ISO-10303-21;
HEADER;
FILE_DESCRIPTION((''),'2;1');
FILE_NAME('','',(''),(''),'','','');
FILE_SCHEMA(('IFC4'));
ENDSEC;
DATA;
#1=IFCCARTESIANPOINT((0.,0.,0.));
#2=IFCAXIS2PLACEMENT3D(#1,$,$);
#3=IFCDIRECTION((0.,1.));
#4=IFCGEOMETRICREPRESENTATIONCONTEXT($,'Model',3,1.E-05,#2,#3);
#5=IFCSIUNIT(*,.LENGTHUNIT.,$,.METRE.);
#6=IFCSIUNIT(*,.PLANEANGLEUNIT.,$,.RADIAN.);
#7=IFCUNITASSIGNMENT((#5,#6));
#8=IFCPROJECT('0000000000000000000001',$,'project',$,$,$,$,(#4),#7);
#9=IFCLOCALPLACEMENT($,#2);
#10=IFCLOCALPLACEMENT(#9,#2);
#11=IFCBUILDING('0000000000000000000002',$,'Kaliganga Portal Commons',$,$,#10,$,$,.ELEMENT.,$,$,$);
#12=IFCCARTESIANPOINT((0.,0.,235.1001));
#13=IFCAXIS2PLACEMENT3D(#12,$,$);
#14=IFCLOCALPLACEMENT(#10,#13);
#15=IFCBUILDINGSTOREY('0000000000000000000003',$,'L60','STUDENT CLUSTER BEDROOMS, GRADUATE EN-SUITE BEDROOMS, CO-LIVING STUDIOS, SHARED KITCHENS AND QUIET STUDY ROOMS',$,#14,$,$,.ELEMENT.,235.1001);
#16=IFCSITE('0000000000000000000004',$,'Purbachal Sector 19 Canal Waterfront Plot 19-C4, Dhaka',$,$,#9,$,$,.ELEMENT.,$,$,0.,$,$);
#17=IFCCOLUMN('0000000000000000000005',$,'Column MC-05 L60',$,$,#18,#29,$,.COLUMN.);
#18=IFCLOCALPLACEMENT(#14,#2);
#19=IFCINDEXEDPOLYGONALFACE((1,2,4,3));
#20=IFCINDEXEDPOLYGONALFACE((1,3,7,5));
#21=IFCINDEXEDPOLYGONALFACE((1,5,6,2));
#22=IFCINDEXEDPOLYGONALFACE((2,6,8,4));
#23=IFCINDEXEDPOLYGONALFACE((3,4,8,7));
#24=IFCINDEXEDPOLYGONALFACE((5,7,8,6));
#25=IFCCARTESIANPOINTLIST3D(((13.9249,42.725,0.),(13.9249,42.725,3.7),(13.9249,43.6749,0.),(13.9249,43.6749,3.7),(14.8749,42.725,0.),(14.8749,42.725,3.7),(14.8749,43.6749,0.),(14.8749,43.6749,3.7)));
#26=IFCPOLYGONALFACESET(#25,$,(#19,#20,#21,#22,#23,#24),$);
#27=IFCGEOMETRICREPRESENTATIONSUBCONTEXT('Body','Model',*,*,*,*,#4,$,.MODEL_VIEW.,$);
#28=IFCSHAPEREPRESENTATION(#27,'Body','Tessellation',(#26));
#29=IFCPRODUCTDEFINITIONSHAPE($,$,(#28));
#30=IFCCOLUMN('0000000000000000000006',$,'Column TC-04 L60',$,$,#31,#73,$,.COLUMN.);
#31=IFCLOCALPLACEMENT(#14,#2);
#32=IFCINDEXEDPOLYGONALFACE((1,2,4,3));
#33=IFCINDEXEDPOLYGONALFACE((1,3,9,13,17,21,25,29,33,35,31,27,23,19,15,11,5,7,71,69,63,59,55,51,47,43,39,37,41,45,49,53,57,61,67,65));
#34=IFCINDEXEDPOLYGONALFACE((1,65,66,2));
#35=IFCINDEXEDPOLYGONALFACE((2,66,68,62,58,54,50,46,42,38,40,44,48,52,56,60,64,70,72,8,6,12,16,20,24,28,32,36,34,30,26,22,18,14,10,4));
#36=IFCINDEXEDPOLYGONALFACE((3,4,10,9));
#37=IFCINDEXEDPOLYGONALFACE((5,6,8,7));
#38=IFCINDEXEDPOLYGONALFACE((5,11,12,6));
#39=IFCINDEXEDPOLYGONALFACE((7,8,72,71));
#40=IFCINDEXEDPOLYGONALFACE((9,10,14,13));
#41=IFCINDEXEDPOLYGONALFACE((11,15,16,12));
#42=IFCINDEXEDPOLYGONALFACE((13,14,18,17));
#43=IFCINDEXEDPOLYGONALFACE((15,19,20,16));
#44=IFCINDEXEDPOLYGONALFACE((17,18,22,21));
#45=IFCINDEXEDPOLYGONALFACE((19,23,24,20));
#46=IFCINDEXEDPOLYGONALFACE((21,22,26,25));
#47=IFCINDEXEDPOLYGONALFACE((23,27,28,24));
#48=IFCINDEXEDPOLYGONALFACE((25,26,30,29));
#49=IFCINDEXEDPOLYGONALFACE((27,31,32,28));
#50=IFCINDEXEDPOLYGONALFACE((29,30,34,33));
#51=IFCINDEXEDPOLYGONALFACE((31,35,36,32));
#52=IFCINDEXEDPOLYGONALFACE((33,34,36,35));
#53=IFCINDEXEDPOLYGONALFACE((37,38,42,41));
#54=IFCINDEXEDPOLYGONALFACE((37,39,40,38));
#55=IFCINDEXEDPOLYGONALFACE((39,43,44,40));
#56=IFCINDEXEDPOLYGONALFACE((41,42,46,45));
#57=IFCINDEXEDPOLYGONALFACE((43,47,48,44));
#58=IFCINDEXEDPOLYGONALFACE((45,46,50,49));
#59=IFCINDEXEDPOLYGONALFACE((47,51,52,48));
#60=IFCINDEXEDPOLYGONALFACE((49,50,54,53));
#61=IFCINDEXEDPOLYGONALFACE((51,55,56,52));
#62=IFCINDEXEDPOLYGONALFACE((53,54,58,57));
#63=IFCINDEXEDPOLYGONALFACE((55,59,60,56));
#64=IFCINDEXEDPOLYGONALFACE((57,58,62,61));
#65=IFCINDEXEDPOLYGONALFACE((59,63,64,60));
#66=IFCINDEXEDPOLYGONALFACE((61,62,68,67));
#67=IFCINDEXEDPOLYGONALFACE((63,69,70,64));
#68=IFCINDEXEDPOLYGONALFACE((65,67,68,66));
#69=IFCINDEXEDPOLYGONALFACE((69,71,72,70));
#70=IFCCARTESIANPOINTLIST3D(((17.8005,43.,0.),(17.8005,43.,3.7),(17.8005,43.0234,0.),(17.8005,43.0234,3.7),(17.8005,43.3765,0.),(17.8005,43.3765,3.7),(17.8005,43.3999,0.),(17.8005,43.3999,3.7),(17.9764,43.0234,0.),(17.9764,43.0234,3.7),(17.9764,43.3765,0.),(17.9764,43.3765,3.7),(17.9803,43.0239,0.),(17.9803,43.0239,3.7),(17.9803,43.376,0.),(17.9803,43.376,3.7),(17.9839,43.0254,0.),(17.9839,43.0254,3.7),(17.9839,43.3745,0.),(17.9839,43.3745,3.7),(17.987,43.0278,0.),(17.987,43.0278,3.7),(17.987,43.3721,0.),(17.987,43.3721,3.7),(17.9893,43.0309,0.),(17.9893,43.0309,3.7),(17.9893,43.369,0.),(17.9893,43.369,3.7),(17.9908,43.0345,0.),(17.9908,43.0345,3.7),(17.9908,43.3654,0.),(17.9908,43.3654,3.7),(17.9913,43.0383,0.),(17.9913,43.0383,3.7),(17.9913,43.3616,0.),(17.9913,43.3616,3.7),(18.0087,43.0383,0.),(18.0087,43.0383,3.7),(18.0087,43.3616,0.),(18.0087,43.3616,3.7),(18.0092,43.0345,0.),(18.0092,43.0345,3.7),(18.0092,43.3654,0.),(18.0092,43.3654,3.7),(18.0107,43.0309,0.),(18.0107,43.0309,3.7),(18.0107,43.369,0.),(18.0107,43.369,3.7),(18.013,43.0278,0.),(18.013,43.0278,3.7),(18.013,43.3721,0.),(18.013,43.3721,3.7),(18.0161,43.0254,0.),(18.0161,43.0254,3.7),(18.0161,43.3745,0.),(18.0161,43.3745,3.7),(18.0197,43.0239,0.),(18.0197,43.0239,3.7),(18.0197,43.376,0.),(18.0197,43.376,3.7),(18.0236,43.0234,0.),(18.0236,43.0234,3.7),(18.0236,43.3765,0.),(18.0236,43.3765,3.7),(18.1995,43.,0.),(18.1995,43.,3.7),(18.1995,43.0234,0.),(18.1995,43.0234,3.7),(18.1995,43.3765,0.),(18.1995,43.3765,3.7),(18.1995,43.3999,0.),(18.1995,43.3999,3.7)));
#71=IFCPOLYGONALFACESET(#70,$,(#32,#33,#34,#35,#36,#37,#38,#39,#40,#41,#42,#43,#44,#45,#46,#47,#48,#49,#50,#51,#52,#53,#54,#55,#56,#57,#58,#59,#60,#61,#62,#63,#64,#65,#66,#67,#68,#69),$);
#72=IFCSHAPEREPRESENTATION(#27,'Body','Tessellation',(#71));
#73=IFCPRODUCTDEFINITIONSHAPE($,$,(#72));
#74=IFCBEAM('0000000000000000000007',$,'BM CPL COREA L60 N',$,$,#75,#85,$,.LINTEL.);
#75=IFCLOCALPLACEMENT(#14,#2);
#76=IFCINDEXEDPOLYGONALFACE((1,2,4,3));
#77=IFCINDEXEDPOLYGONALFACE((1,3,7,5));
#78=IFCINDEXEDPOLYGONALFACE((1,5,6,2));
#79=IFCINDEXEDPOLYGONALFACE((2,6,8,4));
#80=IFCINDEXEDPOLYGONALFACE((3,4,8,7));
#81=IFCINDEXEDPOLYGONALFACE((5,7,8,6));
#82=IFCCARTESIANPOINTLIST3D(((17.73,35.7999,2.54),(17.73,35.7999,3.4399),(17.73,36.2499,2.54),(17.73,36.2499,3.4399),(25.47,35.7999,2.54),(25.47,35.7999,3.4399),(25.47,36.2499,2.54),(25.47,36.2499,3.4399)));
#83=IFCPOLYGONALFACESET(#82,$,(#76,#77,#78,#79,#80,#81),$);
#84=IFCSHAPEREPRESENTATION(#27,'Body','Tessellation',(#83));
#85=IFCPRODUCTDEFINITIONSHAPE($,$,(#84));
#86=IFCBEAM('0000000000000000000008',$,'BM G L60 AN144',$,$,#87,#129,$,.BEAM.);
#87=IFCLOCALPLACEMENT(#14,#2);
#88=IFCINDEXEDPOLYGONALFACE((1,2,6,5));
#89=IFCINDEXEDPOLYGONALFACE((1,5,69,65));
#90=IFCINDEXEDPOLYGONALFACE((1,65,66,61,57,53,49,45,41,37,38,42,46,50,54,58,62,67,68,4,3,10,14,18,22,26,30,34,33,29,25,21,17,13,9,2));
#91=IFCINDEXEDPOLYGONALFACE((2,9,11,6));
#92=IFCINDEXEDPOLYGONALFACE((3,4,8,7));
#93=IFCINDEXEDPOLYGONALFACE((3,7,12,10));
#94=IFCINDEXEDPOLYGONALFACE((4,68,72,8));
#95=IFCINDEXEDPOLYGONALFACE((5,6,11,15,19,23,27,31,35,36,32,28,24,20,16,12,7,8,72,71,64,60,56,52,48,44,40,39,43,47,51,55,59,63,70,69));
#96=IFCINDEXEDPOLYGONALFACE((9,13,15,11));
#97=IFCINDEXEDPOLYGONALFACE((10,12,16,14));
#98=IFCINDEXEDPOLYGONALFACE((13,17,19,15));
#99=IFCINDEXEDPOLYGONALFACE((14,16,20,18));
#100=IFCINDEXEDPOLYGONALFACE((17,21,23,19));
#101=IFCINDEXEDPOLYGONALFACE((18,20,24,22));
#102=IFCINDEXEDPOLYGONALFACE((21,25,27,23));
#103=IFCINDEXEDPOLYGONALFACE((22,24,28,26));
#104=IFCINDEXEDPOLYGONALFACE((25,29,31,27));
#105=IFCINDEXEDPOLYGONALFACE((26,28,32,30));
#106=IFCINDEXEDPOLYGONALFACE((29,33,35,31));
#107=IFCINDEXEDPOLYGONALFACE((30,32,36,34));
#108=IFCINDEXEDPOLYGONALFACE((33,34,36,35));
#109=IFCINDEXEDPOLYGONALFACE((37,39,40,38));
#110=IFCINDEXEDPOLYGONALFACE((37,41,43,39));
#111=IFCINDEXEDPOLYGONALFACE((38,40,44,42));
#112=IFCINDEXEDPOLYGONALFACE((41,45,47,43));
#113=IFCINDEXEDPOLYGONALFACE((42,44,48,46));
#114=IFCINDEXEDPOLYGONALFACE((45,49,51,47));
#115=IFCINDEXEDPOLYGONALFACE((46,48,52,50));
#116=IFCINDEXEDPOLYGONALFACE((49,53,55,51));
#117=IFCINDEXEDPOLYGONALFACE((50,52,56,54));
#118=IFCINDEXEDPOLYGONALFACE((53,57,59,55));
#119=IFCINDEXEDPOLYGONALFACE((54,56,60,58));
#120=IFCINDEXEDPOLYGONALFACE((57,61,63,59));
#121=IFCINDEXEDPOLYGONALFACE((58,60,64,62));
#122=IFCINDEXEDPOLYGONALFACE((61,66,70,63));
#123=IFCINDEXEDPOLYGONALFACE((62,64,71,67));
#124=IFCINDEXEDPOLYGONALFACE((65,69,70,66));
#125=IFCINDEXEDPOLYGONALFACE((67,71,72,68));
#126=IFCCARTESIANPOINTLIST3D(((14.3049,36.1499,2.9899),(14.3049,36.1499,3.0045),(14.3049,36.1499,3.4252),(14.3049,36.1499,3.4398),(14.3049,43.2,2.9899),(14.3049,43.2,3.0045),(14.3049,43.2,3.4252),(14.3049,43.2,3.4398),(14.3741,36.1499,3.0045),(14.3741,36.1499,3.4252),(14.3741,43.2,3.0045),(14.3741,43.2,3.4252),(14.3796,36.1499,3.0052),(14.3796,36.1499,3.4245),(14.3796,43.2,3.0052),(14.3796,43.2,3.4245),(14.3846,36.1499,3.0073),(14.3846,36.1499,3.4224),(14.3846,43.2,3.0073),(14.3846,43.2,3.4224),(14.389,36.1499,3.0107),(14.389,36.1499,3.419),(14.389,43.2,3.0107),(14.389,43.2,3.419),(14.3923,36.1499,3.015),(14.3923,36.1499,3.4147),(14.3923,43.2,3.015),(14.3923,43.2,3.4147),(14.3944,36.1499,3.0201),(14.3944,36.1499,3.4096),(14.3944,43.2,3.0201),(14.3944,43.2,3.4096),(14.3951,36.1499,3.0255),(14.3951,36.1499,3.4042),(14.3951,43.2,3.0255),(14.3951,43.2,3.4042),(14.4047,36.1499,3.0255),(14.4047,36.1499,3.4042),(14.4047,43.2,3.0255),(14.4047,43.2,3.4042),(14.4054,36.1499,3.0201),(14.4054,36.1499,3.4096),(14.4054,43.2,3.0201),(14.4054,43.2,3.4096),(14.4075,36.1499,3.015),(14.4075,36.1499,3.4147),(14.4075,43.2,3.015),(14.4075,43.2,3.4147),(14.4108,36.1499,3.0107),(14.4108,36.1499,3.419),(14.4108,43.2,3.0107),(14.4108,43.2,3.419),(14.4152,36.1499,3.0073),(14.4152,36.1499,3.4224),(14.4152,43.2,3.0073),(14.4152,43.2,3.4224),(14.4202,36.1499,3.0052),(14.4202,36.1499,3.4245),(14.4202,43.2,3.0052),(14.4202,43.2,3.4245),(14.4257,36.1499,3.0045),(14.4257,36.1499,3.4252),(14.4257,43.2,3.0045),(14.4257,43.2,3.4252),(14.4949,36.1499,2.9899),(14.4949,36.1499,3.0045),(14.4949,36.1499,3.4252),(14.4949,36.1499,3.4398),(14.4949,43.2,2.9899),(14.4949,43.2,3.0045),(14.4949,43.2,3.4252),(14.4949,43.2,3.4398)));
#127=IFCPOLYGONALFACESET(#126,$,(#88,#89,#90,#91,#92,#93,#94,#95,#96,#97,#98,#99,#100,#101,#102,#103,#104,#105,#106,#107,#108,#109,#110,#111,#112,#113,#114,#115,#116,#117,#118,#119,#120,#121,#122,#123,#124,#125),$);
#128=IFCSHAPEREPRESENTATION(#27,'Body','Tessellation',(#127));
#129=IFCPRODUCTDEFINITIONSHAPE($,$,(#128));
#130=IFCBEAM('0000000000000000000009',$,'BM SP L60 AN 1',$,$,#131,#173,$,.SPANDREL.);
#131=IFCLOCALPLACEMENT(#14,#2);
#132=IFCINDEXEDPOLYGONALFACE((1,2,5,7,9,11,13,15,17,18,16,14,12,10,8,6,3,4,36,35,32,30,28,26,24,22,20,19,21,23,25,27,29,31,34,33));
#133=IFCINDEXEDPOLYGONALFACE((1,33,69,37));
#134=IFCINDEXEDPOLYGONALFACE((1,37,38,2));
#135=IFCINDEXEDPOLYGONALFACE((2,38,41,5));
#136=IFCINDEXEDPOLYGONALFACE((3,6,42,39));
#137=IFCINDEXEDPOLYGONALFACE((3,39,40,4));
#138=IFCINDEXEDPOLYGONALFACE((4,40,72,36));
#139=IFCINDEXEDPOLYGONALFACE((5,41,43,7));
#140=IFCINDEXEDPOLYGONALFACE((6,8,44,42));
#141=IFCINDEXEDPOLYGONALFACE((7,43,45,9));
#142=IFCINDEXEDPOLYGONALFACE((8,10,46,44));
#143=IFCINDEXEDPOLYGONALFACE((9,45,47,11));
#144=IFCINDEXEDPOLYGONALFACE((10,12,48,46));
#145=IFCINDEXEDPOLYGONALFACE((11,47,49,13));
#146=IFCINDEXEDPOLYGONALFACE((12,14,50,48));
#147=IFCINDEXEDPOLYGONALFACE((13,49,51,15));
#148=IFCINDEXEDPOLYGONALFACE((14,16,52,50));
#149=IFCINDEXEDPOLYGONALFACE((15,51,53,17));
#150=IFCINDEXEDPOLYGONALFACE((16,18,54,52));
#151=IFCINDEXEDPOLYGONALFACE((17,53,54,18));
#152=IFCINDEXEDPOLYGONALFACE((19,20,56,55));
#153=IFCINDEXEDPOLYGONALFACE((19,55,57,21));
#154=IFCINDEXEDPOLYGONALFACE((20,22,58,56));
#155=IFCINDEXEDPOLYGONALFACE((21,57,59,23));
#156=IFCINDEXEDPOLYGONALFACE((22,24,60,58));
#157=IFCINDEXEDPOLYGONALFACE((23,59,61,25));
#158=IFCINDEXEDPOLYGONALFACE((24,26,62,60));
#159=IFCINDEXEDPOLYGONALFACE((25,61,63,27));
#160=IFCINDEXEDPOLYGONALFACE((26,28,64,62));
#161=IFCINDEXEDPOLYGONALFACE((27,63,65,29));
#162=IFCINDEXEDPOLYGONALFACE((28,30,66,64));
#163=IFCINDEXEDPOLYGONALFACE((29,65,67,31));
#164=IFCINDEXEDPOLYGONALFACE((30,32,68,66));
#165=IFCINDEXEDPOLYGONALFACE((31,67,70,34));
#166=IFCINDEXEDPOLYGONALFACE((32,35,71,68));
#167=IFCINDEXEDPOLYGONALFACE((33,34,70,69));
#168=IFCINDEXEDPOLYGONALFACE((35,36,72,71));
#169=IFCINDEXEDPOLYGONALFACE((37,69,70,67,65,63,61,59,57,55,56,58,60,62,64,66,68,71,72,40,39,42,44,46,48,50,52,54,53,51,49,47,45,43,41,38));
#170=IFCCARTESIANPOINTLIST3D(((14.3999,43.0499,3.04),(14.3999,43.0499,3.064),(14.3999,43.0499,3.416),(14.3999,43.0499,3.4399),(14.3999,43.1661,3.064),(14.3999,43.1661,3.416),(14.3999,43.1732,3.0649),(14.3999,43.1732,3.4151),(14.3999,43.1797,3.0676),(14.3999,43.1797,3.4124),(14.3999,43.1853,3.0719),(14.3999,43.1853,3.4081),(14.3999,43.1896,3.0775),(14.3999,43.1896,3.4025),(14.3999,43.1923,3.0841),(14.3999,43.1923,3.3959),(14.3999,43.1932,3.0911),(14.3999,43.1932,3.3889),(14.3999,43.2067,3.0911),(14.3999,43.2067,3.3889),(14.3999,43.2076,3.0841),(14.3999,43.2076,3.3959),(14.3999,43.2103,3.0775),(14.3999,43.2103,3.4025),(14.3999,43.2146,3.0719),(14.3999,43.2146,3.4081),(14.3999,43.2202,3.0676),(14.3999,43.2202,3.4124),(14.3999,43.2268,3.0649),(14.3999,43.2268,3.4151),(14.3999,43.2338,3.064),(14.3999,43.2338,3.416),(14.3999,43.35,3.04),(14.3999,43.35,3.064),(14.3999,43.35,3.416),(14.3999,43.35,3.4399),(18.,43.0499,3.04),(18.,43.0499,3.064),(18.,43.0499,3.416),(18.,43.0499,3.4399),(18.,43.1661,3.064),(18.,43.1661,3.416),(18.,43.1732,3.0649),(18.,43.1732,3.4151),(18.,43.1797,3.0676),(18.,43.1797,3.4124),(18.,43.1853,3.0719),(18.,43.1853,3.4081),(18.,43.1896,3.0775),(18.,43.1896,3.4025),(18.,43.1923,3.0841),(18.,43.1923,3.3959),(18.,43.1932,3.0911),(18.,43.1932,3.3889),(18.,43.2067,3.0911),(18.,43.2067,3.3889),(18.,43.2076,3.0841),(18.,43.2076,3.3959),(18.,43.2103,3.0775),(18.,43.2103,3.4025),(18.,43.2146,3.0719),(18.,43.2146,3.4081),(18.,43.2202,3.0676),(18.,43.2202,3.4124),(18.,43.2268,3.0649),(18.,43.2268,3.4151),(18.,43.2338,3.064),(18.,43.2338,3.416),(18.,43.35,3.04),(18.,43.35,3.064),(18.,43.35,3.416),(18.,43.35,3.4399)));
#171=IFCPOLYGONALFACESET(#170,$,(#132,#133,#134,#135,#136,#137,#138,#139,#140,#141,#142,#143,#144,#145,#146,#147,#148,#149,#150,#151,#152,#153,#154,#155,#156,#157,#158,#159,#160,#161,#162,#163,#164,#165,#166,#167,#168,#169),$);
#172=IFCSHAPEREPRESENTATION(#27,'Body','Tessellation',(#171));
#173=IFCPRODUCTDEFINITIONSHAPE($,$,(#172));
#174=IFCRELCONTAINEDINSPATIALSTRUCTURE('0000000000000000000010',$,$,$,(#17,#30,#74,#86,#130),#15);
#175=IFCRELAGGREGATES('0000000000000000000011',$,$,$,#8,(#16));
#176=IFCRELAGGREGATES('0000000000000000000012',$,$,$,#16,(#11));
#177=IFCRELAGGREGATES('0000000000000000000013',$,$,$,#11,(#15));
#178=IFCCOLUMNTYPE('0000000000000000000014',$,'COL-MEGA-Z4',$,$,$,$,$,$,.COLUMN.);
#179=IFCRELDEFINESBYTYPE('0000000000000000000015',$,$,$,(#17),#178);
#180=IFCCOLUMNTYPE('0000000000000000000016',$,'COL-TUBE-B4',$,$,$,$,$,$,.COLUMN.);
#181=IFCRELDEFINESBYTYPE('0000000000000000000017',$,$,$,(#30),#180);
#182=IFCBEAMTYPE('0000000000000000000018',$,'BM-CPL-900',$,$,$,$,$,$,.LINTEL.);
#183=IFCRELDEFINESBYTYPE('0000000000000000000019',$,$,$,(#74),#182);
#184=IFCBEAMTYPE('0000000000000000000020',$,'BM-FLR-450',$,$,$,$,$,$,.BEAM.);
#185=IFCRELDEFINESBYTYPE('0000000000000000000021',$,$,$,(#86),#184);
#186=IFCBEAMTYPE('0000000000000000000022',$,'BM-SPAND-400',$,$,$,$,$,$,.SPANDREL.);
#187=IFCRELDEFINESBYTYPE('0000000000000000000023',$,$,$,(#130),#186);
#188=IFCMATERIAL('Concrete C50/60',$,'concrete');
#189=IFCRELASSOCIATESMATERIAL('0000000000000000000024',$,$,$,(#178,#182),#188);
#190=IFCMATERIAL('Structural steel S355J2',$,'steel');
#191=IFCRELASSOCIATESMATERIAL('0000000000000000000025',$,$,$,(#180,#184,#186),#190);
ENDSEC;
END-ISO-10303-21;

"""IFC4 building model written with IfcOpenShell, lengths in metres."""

from ifc_helpers import new_model, si_unit, direction, frame, origin, origin_2d, place, context, subcontext, project, spatial, rectangle, i_section, extrude, source, transform, mapped, material, material_profile, profile_set, type_object, element, save


model = new_model("IFC4")

# Units and contexts
model_context = context("Model", 3, precision=1e-05, world=origin(), true_north=direction((0.0, 1.0)))
body_context = subcontext(model_context, "Body", "Model", "MODEL_VIEW")
ifc_project = project(units=[si_unit("LENGTHUNIT", "METRE"), si_unit("PLANEANGLEUNIT", "RADIAN")], contexts=[model_context])

# Site, building, storey
site_placement = place(None, origin())
site = spatial("IfcSite", under=ifc_project, at=site_placement, Name="Purbachal Sector 19 Canal Waterfront Plot 19-C4, Dhaka", CompositionType="ELEMENT", RefElevation=0.0)
building_placement = place(site_placement, origin())
building = spatial("IfcBuilding", under=site, at=building_placement, Name="Kaliganga Portal Commons", CompositionType="ELEMENT")
storey_placement = place(building_placement, frame((0.0, 0.0, 235.1001)))
storey = spatial("IfcBuildingStorey", under=building, at=storey_placement, Name="L60", Description="STUDENT CLUSTER BEDROOMS, GRADUATE EN-SUITE BEDROOMS, CO-LIVING STUDIOS, SHARED KITCHENS AND QUIET STUDY ROOMS", CompositionType="ELEMENT", Elevation=235.1001)

# Columns
ifc_material_1 = material(Name="Concrete C50/60", Category="concrete")
ifc_material_profile_1 = material_profile(ifc_material_1, rectangle(XDim=0.95, YDim=0.95, at=origin_2d()), Name="RC 950x950")
ifc_profile_set_1 = profile_set([ifc_material_profile_1], Name="Concrete C50/60")
column_type_1 = type_object("IfcColumnType", Name="COL-MEGA-Z4", PredefinedType="COLUMN", material=ifc_profile_set_1)
shared_shape_1 = source(origin(), body_context, "Body", "SweptSolid", [
    extrude(rectangle(XDim=0.95, YDim=0.95, at=origin_2d()), origin(), (0.0, 0.0, 1.0), 3.7),
])
column_1_placement = place(storey_placement, frame((14.3999, 43.2, 0.0), z_axis=(0.0, 0.0, 1.0), x_axis=(1.0, 0.0, 0.0)))
element("IfcColumn", 1, at=column_1_placement, inside=storey, type_object=column_type_1, Name="Column MC-05 L60", PredefinedType="COLUMN", context=body_context, shape_type="MappedRepresentation", body=[
    mapped(shared_shape_1, transform((0.0, 0.0, 0.0), x_axis=(1.0, 0.0, 0.0), y_axis=(0.0, 1.0, 0.0), z_axis=(0.0, 0.0, 1.0), scale=1.0)),
])
ifc_material_2 = material(Name="Structural steel S355J2", Category="steel")
ifc_material_profile_2 = material_profile(ifc_material_2, i_section(OverallWidth=0.3989, OverallDepth=0.3999, WebThickness=0.0173, FlangeThickness=0.0234, FilletRadius=0.0149, at=origin_2d()), Name="HD 400x287")
ifc_profile_set_2 = profile_set([ifc_material_profile_2], Name="Structural steel S355J2 wide-flange")
column_type_2 = type_object("IfcColumnType", Name="COL-TUBE-B4", PredefinedType="COLUMN", material=ifc_profile_set_2)
shared_shape_2 = source(origin(), body_context, "Body", "SweptSolid", [
    extrude(i_section(OverallWidth=0.3989, OverallDepth=0.3999, WebThickness=0.0173, FlangeThickness=0.0234, FilletRadius=0.0149, at=origin_2d()), origin(), (0.0, 0.0, 1.0), 3.7),
])
column_2_placement = place(storey_placement, frame((18.0, 43.2, 0.0), z_axis=(0.0, 0.0, 1.0), x_axis=(1.0, 0.0, 0.0)))
element("IfcColumn", 2, at=column_2_placement, inside=storey, type_object=column_type_2, Name="Column TC-04 L60", PredefinedType="COLUMN", context=body_context, shape_type="MappedRepresentation", body=[
    mapped(shared_shape_2, transform((0.0, 0.0, 0.0), x_axis=(1.0, 0.0, 0.0), y_axis=(0.0, 1.0, 0.0), z_axis=(0.0, 0.0, 1.0), scale=1.0)),
])

# Beams
ifc_material_profile_3 = material_profile(ifc_material_1, rectangle(XDim=0.45, YDim=0.8999, at=origin_2d()), Name="RC 450x900")
ifc_profile_set_3 = profile_set([ifc_material_profile_3], Name="Concrete C50/60")
beam_type_1 = type_object("IfcBeamType", Name="BM-CPL-900", PredefinedType="LINTEL", material=ifc_profile_set_3)
shared_shape_3 = source(origin(), body_context, "Body", "SweptSolid", [
    extrude(rectangle(XDim=0.45, YDim=0.8999, at=origin_2d()), origin(), (0.0, 0.0, 1.0), 7.74),
])
beam_1_placement = place(storey_placement, frame((17.73, 36.0249, 2.99), z_axis=(1.0, 0.0, 0.0), x_axis=(0.0, 1.0, 0.0)))
element("IfcBeam", 3, at=beam_1_placement, inside=storey, type_object=beam_type_1, Name="BM CPL COREA L60 N", PredefinedType="LINTEL", context=body_context, shape_type="MappedRepresentation", body=[
    mapped(shared_shape_3, transform((0.0, 0.0, 0.0), x_axis=(1.0, 0.0, 0.0), y_axis=(0.0, 1.0, 0.0), z_axis=(0.0, 0.0, 1.0), scale=1.0)),
])
ifc_material_profile_4 = material_profile(ifc_material_2, i_section(OverallWidth=0.1899, OverallDepth=0.45, WebThickness=0.0095, FlangeThickness=0.0146, FilletRadius=0.021, at=origin_2d()), Name="IPE 450")
ifc_profile_set_4 = profile_set([ifc_material_profile_4], Name="Structural steel S355J2 wide-flange")
beam_type_2 = type_object("IfcBeamType", Name="BM-FLR-450", PredefinedType="BEAM", material=ifc_profile_set_4)
shared_shape_4 = source(origin(), body_context, "Body", "SweptSolid", [
    extrude(i_section(OverallWidth=0.1899, OverallDepth=0.45, WebThickness=0.0095, FlangeThickness=0.0146, FilletRadius=0.021, at=origin_2d()), origin(), (0.0, 0.0, 1.0), 7.05),
])
beam_2_placement = place(storey_placement, frame((14.3999, 36.1499, 3.2148), z_axis=(0.0, 1.0, 0.0), x_axis=(-1.0, 0.0, 0.0)))
element("IfcBeam", 4, at=beam_2_placement, inside=storey, type_object=beam_type_2, Name="BM G L60 AN144", PredefinedType="BEAM", context=body_context, shape_type="MappedRepresentation", body=[
    mapped(shared_shape_4, transform((0.0, 0.0, 0.0), x_axis=(1.0, 0.0, 0.0), y_axis=(0.0, 1.0, 0.0), z_axis=(0.0, 0.0, 1.0), scale=1.0)),
])
ifc_material_profile_5 = material_profile(ifc_material_2, i_section(OverallWidth=0.3, OverallDepth=0.3999, WebThickness=0.0134, FlangeThickness=0.0239, FilletRadius=0.0271, at=origin_2d()), Name="HE 400 B")
ifc_profile_set_5 = profile_set([ifc_material_profile_5], Name="Structural steel S355J2 wide-flange")
beam_type_3 = type_object("IfcBeamType", Name="BM-SPAND-400", PredefinedType="SPANDREL", material=ifc_profile_set_5)
shared_shape_5 = source(origin(), body_context, "Body", "SweptSolid", [
    extrude(i_section(OverallWidth=0.3, OverallDepth=0.3999, WebThickness=0.0134, FlangeThickness=0.0239, FilletRadius=0.0271, at=origin_2d()), origin(), (0.0, 0.0, 1.0), 3.6001),
])
for number, where, z_axis, x_axis, name in (
    (5, (14.3999, 43.2, 3.24), (1.0, 0.0, 0.0), (0.0, 1.0, 0.0), "BM SP L60 AN 1"),
):
    element("IfcBeam", number, at=place(storey_placement, frame(where, z_axis=z_axis, x_axis=x_axis)), inside=storey, type_object=beam_type_3, Name=name, PredefinedType="SPANDREL", context=body_context, shape_type="MappedRepresentation", body=[
        mapped(shared_shape_5, transform((0.0, 0.0, 0.0), x_axis=(1.0, 0.0, 0.0), y_axis=(0.0, 1.0, 0.0), z_axis=(0.0, 0.0, 1.0), scale=1.0)),
    ])

save(model, "model.ifc")
